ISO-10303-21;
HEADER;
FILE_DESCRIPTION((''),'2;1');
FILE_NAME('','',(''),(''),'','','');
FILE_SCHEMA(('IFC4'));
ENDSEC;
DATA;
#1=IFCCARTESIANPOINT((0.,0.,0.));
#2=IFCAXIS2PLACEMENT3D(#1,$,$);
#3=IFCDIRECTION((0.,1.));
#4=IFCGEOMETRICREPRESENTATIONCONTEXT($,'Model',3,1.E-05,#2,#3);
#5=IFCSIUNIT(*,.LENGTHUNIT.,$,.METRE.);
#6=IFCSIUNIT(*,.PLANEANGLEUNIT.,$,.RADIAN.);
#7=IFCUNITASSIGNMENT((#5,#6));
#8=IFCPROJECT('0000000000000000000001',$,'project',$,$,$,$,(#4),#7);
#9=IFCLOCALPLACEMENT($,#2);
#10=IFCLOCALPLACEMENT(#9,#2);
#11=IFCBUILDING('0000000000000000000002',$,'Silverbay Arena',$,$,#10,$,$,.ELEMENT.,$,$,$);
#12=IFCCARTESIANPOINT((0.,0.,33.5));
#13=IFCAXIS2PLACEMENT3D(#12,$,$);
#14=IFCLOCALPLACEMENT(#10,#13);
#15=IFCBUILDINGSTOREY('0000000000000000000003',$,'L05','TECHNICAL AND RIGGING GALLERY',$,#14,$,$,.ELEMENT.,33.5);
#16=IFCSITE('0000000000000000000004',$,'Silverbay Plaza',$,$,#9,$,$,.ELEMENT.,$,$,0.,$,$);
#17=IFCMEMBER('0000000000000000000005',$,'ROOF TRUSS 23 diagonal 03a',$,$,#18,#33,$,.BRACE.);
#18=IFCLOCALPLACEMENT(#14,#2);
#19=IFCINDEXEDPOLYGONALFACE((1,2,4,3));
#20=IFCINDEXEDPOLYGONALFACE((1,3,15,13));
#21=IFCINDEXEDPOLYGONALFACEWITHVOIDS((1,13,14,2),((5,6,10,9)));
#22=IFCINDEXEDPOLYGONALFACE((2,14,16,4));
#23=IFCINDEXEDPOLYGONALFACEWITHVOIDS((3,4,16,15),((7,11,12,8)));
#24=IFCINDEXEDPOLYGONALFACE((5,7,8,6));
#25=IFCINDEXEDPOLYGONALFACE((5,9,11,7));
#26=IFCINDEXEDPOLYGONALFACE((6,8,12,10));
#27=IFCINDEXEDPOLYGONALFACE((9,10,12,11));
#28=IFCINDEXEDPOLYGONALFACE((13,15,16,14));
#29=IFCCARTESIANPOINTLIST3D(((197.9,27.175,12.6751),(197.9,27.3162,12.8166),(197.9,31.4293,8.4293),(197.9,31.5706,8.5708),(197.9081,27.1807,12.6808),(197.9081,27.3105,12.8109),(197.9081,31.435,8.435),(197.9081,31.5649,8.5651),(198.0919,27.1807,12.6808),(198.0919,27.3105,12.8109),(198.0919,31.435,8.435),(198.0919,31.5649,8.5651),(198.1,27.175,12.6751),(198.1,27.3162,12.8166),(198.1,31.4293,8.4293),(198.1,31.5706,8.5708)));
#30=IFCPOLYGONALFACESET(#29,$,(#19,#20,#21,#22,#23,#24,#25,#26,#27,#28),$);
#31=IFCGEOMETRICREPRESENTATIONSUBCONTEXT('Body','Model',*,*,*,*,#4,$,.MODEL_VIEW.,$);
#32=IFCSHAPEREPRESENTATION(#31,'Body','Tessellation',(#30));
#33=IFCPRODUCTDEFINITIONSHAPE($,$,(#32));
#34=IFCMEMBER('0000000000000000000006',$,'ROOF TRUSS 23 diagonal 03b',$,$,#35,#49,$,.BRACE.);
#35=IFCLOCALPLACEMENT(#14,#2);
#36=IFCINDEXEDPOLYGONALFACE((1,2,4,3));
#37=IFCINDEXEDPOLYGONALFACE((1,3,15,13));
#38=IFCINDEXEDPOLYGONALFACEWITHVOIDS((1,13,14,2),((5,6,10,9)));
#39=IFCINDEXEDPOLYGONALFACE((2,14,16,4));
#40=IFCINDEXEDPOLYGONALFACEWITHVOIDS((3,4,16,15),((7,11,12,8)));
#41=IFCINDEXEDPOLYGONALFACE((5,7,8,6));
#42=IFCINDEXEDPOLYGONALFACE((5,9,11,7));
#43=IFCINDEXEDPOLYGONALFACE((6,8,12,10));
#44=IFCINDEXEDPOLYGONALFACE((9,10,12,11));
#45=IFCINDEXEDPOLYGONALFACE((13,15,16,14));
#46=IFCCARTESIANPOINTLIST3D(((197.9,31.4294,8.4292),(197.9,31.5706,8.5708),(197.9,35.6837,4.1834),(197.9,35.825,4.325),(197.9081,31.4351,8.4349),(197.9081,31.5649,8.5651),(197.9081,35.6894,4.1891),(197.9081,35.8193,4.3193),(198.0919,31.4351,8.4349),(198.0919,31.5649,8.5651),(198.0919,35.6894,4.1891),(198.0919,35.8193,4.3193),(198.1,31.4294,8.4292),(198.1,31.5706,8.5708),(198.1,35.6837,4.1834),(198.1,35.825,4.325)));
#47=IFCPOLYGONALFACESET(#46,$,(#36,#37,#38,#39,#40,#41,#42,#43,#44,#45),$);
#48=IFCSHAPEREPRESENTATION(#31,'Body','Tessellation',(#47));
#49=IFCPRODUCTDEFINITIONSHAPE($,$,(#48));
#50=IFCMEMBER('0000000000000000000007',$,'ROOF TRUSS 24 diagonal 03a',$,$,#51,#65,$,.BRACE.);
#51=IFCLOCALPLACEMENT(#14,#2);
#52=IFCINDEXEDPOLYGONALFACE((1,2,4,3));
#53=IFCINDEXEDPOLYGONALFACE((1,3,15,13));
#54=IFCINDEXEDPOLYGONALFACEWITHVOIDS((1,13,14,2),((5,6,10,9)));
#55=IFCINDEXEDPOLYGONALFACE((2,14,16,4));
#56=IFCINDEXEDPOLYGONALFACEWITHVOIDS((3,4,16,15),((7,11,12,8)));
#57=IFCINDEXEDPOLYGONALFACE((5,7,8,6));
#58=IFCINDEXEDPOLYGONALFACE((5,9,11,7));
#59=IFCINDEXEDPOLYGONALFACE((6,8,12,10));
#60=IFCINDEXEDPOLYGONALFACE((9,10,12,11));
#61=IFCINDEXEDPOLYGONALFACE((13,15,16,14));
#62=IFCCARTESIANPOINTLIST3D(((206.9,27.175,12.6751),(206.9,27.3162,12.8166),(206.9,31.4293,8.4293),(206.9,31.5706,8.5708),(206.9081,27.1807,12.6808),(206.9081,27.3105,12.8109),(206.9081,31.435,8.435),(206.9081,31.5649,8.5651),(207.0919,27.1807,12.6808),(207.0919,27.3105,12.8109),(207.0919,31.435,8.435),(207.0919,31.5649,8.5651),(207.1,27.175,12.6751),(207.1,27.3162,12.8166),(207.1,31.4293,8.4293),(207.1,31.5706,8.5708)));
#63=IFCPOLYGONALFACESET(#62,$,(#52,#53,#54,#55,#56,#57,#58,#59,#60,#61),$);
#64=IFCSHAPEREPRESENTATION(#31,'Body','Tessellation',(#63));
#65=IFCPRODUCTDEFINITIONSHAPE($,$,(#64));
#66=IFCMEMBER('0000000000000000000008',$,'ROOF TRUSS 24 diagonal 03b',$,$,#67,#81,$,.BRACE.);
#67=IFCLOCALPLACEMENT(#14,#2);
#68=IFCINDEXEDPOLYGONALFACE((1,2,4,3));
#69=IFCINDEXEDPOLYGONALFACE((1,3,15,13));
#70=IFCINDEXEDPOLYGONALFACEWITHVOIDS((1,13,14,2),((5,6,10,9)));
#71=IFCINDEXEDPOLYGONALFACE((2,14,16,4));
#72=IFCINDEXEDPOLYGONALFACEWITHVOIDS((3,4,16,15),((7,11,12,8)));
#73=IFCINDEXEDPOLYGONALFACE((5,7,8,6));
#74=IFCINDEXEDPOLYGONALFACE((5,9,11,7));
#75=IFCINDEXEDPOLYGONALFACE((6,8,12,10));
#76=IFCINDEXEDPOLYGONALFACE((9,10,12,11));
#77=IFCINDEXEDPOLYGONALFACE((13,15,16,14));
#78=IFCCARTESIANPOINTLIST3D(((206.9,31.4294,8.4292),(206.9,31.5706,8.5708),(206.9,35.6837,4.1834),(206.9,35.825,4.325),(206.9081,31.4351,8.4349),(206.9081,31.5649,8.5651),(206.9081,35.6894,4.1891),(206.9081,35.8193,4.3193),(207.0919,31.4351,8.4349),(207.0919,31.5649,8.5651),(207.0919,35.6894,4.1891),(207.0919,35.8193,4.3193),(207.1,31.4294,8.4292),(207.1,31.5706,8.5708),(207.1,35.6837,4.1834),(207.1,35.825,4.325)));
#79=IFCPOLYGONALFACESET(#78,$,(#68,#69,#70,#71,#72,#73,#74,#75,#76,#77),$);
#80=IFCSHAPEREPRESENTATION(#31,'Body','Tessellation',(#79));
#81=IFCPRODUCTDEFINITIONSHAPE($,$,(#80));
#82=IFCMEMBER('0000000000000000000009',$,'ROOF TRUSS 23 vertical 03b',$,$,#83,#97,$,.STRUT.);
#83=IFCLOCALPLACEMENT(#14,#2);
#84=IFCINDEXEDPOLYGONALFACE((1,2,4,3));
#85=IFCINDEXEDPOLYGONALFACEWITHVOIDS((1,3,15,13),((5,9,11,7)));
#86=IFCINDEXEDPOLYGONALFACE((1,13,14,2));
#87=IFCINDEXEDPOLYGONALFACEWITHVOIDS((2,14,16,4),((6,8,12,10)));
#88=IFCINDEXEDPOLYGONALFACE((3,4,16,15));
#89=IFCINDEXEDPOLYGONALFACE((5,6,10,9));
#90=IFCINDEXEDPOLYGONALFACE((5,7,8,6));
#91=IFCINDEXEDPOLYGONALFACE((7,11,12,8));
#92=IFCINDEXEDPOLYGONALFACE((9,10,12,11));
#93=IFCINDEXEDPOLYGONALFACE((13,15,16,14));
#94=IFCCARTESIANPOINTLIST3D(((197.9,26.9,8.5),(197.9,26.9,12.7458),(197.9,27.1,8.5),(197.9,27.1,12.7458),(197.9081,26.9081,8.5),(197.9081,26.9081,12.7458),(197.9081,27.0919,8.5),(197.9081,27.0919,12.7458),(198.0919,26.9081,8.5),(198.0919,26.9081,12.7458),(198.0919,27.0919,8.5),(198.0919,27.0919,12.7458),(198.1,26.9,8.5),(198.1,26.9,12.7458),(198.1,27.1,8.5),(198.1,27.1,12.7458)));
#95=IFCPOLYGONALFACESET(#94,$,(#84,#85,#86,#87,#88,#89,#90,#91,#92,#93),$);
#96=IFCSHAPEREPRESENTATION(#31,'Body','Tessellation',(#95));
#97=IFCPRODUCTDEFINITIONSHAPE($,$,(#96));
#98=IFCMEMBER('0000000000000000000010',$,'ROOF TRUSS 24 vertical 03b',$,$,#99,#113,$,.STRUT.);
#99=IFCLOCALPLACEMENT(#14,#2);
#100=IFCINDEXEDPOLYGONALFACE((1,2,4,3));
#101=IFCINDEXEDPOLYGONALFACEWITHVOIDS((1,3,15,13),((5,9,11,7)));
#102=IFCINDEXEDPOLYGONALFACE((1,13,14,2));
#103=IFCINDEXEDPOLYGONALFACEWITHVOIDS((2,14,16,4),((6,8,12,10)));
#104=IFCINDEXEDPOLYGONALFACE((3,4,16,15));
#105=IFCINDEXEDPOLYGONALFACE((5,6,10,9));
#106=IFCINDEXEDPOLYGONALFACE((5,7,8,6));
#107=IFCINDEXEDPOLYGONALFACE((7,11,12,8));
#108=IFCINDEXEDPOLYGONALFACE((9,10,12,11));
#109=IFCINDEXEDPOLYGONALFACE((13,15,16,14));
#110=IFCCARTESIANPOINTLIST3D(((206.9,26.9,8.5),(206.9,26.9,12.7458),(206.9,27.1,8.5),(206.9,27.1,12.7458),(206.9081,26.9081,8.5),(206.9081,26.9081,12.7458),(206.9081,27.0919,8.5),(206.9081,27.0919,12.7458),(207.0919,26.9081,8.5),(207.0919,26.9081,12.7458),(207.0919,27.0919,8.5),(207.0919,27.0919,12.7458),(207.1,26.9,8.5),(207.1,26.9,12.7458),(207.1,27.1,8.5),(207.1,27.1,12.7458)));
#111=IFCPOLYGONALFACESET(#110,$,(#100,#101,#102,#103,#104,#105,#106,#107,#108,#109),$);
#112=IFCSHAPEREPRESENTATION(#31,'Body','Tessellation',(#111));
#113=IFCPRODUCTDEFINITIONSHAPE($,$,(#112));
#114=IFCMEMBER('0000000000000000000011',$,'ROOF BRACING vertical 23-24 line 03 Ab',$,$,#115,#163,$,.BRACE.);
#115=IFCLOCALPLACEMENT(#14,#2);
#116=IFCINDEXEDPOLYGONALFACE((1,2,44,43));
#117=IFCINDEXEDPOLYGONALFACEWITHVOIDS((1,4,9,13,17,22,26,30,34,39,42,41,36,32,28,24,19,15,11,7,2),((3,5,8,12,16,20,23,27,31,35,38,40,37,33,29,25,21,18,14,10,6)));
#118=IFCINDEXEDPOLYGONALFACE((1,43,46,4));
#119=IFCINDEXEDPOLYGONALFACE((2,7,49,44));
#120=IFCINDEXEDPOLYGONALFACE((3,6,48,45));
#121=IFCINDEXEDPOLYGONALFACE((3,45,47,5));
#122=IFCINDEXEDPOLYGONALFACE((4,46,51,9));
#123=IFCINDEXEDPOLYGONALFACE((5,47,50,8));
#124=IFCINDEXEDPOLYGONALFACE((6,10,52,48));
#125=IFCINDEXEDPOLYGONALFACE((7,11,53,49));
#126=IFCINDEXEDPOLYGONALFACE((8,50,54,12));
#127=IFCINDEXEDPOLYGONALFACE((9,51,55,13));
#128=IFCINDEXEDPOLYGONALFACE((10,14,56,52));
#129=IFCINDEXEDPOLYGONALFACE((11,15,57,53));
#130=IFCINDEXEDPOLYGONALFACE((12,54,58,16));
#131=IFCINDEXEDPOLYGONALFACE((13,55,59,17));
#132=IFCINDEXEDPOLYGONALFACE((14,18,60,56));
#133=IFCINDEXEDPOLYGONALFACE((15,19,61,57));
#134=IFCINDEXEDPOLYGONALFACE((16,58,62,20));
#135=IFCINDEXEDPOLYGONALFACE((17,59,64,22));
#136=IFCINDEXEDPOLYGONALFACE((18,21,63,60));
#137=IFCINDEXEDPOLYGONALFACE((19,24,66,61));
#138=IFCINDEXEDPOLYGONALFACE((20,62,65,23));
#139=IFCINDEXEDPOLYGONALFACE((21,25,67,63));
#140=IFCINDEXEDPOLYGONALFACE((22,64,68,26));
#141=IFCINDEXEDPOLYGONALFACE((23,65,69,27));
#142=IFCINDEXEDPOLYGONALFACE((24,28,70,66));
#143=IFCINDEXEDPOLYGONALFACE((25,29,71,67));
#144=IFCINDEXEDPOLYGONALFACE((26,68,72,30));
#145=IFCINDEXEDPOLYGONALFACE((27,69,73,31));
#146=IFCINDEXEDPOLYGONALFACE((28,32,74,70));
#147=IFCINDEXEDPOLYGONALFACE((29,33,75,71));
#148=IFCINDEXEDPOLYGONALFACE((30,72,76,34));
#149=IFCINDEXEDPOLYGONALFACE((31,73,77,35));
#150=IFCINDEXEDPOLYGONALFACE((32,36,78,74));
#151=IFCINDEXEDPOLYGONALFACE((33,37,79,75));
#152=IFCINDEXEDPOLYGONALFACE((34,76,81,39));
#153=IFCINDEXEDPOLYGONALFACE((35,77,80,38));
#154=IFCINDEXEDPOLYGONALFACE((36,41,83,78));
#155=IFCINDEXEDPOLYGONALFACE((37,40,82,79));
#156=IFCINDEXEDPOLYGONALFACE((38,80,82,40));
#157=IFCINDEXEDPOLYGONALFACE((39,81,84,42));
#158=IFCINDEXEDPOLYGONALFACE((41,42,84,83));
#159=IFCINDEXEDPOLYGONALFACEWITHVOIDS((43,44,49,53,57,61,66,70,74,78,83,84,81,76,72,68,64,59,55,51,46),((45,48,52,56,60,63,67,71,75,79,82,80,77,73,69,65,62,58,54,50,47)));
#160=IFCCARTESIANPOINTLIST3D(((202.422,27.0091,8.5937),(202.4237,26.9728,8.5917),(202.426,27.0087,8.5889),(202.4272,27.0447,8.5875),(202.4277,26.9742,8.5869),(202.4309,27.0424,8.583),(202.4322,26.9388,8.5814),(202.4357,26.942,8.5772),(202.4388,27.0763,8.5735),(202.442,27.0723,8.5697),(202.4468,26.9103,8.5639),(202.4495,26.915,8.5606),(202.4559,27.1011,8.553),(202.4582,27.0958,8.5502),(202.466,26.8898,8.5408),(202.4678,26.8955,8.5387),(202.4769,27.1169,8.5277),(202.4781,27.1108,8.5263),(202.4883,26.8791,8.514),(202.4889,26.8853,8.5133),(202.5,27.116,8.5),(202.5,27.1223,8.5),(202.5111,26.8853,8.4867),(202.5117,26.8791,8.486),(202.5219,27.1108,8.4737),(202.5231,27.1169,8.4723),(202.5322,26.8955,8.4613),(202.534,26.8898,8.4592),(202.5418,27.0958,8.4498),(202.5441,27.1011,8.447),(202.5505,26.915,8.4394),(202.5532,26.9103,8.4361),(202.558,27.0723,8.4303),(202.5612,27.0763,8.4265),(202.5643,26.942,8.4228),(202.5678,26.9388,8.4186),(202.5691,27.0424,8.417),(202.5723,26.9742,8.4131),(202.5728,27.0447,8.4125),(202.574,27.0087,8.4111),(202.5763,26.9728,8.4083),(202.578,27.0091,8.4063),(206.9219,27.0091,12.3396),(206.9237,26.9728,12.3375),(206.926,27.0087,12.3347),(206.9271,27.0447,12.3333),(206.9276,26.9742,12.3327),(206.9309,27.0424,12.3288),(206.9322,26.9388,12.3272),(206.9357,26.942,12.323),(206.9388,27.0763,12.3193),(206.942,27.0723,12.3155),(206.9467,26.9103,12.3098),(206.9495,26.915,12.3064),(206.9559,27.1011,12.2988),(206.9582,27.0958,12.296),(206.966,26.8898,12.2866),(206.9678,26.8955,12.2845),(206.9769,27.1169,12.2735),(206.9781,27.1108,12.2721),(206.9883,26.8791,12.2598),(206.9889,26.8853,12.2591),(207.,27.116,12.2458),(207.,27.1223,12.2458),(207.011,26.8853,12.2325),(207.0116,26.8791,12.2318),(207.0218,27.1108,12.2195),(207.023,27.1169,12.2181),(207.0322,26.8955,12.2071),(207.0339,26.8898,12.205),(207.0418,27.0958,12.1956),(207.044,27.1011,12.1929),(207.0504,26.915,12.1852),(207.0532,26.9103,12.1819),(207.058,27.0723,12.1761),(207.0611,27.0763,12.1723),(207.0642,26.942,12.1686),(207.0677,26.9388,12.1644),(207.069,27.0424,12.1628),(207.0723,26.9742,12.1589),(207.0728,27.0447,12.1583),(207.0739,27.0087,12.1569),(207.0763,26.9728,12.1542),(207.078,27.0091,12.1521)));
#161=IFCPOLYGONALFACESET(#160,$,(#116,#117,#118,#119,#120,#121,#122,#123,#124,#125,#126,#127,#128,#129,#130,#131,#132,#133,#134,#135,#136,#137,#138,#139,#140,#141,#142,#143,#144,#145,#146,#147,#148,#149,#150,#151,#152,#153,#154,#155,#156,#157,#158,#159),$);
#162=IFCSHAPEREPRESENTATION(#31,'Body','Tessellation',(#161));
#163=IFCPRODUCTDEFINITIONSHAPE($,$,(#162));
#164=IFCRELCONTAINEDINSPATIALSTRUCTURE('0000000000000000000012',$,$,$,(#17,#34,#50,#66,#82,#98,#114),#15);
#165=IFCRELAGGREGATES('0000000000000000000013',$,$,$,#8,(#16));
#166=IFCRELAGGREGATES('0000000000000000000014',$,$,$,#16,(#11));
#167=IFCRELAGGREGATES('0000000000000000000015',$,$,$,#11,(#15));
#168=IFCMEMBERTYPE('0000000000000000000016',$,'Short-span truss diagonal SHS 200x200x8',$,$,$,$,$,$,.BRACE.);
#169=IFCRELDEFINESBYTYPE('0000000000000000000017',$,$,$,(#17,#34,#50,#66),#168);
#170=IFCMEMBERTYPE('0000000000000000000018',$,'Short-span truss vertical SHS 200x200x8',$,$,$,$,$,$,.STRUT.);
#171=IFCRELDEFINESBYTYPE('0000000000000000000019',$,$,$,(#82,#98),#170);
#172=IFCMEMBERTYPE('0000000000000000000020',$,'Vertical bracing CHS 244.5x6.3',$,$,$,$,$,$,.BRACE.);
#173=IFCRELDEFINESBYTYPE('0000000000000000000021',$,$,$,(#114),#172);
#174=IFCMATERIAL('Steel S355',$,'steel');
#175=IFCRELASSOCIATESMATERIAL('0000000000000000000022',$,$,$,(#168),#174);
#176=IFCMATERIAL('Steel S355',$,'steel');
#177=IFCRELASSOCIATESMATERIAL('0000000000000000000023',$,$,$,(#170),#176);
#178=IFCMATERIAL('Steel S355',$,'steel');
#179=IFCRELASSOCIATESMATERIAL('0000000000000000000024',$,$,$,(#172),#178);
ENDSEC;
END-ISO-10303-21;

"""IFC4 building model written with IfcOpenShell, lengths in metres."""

from ifc_helpers import new_model, si_unit, direction, frame, origin, origin_2d, place, context, subcontext, project, spatial, hollow_rectangle, hollow_circle, extrude, material, material_profile, profile_set, type_object, element, save


model = new_model("IFC4")

# Units and contexts
model_context = context("Model", 3, precision=1e-05, world=origin(), true_north=direction((0.0, 1.0)))
body_context = subcontext(model_context, "Body", "Model", "MODEL_VIEW")
ifc_project = project(units=[si_unit("LENGTHUNIT", "METRE"), si_unit("PLANEANGLEUNIT", "RADIAN")], contexts=[model_context])

# Site, building, storey
site_placement = place(None, origin())
site = spatial("IfcSite", under=ifc_project, at=site_placement, Name="Silverbay Plaza", CompositionType="ELEMENT", RefElevation=0.0)
building_placement = place(site_placement, origin())
building = spatial("IfcBuilding", under=site, at=building_placement, Name="Silverbay Arena", CompositionType="ELEMENT")
storey_placement = place(building_placement, frame((0.0, 0.0, 33.5)))
storey = spatial("IfcBuildingStorey", under=building, at=storey_placement, Name="L05", Description="TECHNICAL AND RIGGING GALLERY", CompositionType="ELEMENT", Elevation=33.5)

# Members
ifc_material_1 = material(Name="Steel S355", Category="steel")
ifc_material_profile_1 = material_profile(ifc_material_1, hollow_rectangle(XDim=0.2, YDim=0.2, WallThickness=0.0081, at=origin_2d()), Name="SHS 200x200x8")
ifc_profile_set_1 = profile_set([ifc_material_profile_1], Name="Steel S355")
member_type_1 = type_object("IfcMemberType", Name="Short-span truss diagonal SHS 200x200x8", PredefinedType="BRACE", material=ifc_profile_set_1)
for number, where, z_axis, x_axis, name in (
    (1, (198.0, 27.2456, 12.7458), (0.0, 0.707817, -0.706396), (-1.0, 0.0, 0.0), "ROOF TRUSS 23 diagonal 03a"),
    (2, (198.0, 31.5, 8.5), (0.0, 0.707817, -0.706396), (-1.0, 0.0, 0.0), "ROOF TRUSS 23 diagonal 03b"),
    (3, (207.0, 27.2456, 12.7458), (0.0, 0.707817, -0.706396), (-1.0, 0.0, 0.0), "ROOF TRUSS 24 diagonal 03a"),
    (4, (207.0, 31.5, 8.5), (0.0, 0.707817, -0.706396), (-1.0, 0.0, 0.0), "ROOF TRUSS 24 diagonal 03b"),
):
    element("IfcMember", number, at=place(storey_placement, frame(where, z_axis=z_axis, x_axis=x_axis)), inside=storey, type_object=member_type_1, Name=name, PredefinedType="BRACE", context=body_context, shape_type="SweptSolid", body=[
        extrude(hollow_rectangle(XDim=0.2, YDim=0.2, WallThickness=0.0081, at=origin_2d()), origin(), (0.0, 0.0, 1.0), 6.0105),
    ])
ifc_material_2 = material(Name="Steel S355", Category="steel")
ifc_material_profile_2 = material_profile(ifc_material_2, hollow_rectangle(XDim=0.2, YDim=0.2, WallThickness=0.0081, at=origin_2d()), Name="SHS 200x200x8")
ifc_profile_set_2 = profile_set([ifc_material_profile_2], Name="Steel S355")
member_type_2 = type_object("IfcMemberType", Name="Short-span truss vertical SHS 200x200x8", PredefinedType="STRUT", material=ifc_profile_set_2)
for number, where, z_axis, x_axis, name in (
    (5, (198.0, 27.0, 8.5), (0.0, 0.0, 1.0), (1.0, 0.0, 0.0), "ROOF TRUSS 23 vertical 03b"),
    (6, (207.0, 27.0, 8.5), (0.0, 0.0, 1.0), (1.0, 0.0, 0.0), "ROOF TRUSS 24 vertical 03b"),
):
    element("IfcMember", number, at=place(storey_placement, frame(where, z_axis=z_axis, x_axis=x_axis)), inside=storey, type_object=member_type_2, Name=name, PredefinedType="STRUT", context=body_context, shape_type="SweptSolid", body=[
        extrude(hollow_rectangle(XDim=0.2, YDim=0.2, WallThickness=0.0081, at=origin_2d()), origin(), (0.0, 0.0, 1.0), 4.2458),
    ])
ifc_material_3 = material(Name="Steel S355", Category="steel")
ifc_material_profile_3 = material_profile(ifc_material_3, hollow_circle(Radius=0.1223, WallThickness=0.0063, at=origin_2d()), Name="CHS 244.5x6.3")
ifc_profile_set_3 = profile_set([ifc_material_profile_3], Name="Steel S355")
member_type_3 = type_object("IfcMemberType", Name="Vertical bracing CHS 244.5x6.3", PredefinedType="BRACE", material=ifc_profile_set_3)
for number, where, z_axis, x_axis, name in (
    (7, (202.5, 27.0, 8.5), (0.76857, 0.0, 0.639766), (0.0, 1.0, 0.0), "ROOF BRACING vertical 23-24 line 03 Ab"),
):
    element("IfcMember", number, at=place(storey_placement, frame(where, z_axis=z_axis, x_axis=x_axis)), inside=storey, type_object=member_type_3, Name=name, PredefinedType="BRACE", context=body_context, shape_type="SweptSolid", body=[
        extrude(hollow_circle(Radius=0.1223, WallThickness=0.0063, at=origin_2d()), origin(), (0.0, 0.0, 1.0), 5.855),
    ])

save(model, "model.ifc")
